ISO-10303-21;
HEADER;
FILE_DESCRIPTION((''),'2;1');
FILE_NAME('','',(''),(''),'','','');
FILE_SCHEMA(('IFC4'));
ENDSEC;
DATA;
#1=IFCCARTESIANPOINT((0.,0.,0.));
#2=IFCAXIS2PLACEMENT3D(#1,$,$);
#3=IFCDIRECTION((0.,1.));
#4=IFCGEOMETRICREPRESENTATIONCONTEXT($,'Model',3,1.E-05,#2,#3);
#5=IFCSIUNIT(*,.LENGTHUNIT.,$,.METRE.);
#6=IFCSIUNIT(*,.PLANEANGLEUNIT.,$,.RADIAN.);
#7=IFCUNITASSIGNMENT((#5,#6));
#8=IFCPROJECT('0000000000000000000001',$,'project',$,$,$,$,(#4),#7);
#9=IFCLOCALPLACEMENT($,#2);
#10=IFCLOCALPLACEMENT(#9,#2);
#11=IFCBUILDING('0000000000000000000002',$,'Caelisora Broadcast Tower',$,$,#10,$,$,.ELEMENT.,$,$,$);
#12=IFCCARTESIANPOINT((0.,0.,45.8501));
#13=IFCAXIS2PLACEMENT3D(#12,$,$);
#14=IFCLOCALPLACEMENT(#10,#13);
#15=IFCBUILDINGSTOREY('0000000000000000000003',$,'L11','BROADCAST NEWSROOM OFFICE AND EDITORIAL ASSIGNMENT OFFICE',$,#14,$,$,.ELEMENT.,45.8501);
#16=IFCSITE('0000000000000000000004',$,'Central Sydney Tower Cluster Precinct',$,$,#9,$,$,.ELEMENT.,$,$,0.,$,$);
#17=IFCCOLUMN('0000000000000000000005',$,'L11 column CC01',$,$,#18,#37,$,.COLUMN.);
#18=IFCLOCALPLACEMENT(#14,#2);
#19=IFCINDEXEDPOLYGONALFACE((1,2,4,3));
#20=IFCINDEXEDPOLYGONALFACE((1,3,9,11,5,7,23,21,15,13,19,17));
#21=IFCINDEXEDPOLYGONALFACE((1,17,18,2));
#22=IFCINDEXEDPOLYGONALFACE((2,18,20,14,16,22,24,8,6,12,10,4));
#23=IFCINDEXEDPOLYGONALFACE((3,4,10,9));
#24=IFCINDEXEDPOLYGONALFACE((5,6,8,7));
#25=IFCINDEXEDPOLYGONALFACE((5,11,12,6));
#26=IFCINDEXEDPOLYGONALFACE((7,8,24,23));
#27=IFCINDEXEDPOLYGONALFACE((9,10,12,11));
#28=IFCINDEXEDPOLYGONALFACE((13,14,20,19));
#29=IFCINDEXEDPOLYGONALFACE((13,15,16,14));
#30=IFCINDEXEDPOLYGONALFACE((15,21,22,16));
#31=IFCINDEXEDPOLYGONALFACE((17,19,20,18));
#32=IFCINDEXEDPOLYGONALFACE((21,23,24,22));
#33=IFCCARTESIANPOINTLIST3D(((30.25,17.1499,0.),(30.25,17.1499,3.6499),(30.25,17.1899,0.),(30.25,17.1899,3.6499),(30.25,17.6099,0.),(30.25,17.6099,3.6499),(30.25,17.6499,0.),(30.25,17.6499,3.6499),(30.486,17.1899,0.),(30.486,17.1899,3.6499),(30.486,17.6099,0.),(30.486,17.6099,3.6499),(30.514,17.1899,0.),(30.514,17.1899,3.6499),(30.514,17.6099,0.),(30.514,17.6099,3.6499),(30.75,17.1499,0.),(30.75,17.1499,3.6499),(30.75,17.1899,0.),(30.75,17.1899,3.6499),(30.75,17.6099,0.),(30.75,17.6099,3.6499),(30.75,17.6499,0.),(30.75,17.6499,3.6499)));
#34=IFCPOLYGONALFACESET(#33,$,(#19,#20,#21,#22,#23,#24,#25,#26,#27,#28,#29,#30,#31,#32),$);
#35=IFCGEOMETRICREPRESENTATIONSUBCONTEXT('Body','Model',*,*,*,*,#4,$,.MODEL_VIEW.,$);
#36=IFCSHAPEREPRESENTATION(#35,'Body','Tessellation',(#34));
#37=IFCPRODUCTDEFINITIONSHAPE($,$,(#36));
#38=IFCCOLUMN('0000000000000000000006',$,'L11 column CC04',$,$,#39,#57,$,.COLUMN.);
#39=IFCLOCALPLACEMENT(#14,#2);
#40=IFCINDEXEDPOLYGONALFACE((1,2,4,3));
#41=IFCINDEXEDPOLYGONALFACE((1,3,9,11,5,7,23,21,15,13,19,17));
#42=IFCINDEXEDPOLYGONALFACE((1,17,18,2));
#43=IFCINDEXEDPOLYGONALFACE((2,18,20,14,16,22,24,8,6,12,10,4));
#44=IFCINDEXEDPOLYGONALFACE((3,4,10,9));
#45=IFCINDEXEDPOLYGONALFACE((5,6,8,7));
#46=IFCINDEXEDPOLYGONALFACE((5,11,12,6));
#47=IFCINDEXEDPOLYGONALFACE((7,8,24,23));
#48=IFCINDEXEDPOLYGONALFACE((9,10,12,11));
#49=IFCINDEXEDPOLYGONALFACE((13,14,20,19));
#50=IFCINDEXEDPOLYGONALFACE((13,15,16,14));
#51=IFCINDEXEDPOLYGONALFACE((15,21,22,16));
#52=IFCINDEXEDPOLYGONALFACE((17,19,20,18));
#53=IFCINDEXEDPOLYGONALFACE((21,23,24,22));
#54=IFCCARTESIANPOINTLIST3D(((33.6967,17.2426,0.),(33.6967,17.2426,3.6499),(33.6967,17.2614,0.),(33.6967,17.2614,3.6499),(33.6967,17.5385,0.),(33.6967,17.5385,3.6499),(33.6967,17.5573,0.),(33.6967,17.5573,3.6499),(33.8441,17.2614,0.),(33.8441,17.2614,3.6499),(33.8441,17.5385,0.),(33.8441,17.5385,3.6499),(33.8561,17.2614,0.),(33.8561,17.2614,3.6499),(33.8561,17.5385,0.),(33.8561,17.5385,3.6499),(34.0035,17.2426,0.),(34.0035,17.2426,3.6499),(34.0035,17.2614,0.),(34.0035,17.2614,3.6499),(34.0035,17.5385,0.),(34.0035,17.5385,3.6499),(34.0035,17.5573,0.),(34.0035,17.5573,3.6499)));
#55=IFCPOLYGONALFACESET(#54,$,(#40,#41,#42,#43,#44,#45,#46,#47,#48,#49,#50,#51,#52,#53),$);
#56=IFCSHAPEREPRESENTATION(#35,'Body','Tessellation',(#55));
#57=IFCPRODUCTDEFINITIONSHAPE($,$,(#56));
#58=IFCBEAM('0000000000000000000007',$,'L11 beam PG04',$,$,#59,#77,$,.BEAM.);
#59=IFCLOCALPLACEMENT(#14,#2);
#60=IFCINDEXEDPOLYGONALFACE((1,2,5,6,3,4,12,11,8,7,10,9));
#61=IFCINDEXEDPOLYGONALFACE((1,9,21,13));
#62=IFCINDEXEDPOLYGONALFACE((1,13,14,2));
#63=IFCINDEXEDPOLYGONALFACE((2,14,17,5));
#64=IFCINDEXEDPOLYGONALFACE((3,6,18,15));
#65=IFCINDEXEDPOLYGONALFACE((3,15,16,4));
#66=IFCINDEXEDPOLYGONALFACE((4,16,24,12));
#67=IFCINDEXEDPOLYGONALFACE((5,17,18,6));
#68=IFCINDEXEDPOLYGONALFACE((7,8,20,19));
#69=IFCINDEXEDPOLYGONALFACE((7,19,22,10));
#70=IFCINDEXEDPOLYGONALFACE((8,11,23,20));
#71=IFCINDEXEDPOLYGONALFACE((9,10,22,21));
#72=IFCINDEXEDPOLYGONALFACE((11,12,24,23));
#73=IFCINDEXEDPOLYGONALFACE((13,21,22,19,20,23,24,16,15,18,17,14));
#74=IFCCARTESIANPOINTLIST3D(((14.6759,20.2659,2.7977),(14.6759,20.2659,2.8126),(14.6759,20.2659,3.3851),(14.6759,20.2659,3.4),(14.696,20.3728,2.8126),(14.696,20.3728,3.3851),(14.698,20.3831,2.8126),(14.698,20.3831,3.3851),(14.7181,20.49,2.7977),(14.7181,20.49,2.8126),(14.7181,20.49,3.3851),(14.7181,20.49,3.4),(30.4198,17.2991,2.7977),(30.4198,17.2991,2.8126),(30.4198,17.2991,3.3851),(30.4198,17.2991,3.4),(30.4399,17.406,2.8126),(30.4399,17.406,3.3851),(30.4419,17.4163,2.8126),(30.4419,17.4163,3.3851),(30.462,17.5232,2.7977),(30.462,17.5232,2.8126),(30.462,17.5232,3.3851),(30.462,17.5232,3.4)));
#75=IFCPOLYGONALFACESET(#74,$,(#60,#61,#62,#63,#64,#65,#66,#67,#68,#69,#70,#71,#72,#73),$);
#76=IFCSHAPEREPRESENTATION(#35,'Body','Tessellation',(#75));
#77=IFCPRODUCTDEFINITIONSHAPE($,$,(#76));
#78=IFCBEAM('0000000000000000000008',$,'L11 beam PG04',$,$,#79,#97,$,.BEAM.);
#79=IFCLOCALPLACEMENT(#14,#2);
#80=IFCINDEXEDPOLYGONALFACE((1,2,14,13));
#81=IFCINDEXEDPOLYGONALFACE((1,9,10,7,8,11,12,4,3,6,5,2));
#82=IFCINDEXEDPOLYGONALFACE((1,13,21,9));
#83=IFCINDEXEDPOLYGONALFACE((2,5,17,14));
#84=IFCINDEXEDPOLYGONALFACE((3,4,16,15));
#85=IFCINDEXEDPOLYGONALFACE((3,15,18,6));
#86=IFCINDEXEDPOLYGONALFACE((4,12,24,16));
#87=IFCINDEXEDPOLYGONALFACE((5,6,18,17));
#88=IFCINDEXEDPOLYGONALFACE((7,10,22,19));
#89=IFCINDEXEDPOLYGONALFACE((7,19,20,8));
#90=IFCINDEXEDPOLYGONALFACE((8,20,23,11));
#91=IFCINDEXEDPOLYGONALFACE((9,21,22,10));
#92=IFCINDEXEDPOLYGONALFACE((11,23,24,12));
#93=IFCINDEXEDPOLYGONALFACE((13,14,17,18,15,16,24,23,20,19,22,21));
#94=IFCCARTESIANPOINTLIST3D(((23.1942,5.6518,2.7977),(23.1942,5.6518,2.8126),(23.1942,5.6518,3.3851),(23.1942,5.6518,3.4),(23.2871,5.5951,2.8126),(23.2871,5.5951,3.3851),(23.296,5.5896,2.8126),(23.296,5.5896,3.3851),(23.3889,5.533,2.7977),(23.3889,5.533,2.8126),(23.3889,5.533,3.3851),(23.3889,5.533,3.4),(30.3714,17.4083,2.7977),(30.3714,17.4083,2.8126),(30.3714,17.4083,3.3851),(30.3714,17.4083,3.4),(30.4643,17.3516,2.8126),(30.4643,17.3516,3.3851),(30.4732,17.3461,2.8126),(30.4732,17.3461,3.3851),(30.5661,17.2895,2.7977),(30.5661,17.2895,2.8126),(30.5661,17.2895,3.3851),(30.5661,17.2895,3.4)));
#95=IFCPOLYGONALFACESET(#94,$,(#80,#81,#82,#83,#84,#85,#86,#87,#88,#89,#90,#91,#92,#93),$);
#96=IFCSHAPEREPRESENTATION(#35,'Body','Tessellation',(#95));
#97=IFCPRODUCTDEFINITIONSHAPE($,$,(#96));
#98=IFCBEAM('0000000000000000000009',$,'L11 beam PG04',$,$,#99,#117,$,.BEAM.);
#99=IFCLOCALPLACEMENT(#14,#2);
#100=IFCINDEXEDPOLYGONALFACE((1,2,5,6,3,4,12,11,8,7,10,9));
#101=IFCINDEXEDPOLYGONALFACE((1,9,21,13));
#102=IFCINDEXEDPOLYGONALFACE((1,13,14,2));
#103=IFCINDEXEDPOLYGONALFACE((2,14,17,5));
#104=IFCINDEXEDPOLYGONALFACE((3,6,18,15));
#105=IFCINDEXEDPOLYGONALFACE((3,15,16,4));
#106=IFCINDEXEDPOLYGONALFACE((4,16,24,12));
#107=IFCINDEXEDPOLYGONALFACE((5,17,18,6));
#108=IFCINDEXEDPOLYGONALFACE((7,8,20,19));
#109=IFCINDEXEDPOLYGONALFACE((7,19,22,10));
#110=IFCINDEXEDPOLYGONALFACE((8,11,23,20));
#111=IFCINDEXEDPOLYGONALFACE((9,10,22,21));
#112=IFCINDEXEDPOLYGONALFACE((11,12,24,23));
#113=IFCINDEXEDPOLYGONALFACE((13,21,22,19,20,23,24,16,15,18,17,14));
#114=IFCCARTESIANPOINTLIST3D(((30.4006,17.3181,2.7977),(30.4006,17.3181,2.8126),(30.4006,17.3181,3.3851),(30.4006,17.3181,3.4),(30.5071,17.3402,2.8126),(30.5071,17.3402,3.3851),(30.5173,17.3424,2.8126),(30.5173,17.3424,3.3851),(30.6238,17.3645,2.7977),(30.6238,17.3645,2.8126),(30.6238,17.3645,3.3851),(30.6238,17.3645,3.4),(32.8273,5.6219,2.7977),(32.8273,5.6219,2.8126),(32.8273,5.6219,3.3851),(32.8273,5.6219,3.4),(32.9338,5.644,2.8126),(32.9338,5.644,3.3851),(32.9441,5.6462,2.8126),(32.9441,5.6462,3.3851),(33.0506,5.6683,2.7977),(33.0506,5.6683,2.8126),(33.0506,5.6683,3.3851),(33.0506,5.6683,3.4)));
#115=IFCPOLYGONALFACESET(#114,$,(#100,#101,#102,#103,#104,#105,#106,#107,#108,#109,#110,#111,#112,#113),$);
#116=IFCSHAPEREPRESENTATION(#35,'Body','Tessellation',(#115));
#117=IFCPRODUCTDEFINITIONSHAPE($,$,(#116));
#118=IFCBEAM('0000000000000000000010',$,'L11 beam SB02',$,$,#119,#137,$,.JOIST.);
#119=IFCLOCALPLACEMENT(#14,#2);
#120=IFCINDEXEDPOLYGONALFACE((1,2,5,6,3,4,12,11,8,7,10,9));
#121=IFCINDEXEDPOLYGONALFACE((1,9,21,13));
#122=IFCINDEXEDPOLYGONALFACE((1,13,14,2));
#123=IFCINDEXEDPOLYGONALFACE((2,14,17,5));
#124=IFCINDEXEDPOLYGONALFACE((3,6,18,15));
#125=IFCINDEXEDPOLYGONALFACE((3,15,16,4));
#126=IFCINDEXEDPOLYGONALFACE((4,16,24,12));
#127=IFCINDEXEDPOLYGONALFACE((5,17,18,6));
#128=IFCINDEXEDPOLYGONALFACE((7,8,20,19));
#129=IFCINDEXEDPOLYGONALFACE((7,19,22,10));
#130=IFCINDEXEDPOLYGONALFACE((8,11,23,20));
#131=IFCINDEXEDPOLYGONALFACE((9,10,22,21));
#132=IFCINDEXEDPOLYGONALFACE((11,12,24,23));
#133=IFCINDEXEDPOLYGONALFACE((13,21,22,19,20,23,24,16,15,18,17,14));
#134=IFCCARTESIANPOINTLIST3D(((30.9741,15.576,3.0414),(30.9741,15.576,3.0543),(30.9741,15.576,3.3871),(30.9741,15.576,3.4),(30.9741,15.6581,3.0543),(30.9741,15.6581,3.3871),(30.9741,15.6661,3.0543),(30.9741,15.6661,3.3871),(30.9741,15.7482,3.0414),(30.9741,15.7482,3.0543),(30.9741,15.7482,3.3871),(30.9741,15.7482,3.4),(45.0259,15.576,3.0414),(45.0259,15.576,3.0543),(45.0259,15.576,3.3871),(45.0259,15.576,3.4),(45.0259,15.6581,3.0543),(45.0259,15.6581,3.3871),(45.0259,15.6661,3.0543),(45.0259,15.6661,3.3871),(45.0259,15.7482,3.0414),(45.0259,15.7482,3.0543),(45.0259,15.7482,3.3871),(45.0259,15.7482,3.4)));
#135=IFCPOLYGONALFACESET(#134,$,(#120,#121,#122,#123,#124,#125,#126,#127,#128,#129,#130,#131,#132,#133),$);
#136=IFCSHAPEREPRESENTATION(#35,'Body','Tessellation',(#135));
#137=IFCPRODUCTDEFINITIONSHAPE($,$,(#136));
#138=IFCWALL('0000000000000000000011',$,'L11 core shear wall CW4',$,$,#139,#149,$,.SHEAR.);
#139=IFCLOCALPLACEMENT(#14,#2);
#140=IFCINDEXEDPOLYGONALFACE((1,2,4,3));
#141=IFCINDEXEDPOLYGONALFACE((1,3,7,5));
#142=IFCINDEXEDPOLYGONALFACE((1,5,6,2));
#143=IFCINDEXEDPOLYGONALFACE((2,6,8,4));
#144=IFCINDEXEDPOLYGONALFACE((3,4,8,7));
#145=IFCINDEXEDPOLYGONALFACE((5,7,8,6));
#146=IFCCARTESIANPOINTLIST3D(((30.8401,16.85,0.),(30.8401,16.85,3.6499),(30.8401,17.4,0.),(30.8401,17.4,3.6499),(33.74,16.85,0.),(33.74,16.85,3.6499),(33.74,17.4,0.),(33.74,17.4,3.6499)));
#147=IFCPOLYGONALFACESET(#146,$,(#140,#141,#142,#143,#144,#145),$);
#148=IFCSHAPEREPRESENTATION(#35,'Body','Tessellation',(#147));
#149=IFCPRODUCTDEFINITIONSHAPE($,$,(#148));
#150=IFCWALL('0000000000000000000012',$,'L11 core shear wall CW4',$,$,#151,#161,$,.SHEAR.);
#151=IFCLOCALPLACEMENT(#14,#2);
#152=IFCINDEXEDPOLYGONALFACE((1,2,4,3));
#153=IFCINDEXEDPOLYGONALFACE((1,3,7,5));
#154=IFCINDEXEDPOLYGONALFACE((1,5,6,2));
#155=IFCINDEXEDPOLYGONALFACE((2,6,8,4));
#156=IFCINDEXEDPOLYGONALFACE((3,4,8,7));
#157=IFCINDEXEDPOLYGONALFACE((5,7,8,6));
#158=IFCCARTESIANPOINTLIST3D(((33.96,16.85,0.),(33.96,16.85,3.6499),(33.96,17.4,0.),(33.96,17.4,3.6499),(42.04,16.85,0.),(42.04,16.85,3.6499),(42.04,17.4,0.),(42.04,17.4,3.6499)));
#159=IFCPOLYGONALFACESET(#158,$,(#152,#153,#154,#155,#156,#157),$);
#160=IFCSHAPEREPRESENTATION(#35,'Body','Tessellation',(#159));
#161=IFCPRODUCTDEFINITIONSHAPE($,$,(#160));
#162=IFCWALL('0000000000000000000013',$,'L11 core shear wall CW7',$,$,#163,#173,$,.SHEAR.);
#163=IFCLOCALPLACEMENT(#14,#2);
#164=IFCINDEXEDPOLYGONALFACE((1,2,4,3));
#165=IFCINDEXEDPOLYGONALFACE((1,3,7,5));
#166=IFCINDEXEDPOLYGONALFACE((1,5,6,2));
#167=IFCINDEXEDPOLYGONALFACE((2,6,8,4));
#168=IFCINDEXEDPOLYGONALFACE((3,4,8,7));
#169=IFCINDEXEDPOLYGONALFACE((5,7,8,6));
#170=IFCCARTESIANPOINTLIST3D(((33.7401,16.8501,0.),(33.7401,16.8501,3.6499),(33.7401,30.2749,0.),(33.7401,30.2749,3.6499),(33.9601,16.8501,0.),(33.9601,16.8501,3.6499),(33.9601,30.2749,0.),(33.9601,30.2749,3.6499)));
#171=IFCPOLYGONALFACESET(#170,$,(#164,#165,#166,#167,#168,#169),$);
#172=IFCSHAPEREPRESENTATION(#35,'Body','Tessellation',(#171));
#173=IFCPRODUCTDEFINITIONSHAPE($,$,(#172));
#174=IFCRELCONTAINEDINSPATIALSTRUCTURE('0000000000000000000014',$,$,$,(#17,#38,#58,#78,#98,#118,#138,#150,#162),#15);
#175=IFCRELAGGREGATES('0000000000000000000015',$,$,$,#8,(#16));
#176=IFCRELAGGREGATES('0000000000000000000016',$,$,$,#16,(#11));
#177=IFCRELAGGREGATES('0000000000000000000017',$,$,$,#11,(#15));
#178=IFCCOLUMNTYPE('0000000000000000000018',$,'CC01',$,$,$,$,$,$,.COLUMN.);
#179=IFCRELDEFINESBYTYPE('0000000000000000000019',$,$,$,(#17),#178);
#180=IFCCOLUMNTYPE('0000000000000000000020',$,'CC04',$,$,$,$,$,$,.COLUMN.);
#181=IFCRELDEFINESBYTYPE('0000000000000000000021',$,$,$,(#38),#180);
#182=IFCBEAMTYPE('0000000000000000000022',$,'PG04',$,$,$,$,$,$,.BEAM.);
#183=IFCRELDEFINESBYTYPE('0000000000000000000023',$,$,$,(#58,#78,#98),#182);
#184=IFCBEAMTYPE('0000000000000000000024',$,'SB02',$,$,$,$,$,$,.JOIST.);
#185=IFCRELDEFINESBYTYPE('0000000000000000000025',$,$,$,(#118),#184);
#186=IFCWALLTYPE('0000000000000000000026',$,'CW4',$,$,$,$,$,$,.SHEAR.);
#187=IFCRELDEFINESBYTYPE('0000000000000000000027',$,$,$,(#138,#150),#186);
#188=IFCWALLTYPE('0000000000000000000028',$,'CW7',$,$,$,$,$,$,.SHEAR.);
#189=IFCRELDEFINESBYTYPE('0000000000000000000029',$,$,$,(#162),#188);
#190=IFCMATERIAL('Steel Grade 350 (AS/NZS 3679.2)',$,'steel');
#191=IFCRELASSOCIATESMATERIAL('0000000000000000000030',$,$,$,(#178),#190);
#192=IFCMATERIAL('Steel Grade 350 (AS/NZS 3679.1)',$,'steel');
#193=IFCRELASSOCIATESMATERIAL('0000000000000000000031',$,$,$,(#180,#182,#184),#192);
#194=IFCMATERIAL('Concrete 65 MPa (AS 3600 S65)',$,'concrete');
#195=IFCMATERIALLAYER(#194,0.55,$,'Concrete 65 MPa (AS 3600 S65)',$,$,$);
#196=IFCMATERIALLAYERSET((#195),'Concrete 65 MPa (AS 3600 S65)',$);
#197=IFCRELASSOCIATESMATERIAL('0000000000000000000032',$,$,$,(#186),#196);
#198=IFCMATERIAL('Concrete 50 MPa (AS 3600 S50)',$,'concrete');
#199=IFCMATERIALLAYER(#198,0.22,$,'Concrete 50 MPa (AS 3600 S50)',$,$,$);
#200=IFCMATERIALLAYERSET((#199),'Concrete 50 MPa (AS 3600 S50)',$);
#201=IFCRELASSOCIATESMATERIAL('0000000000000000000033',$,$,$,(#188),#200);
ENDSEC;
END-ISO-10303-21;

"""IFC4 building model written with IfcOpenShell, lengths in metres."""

from ifc_helpers import new_model, si_unit, direction, frame, frame_2d, origin, origin_2d, place, context, subcontext, project, spatial, rectangle, i_section, extrude, source, transform, mapped, material, layer, layer_set, material_profile, profile_set, type_object, type_shapes, element, save


model = new_model("IFC4")

# Units and contexts
model_context = context("Model", 3, precision=1e-05, world=origin(), true_north=direction((0.0, 1.0)))
body_context = subcontext(model_context, "Body", "Model", "MODEL_VIEW")
ifc_project = project(units=[si_unit("LENGTHUNIT", "METRE"), si_unit("PLANEANGLEUNIT", "RADIAN")], contexts=[model_context])

# Site, building, storey
site_placement = place(None, origin())
site = spatial("IfcSite", under=ifc_project, at=site_placement, Name="Central Sydney Tower Cluster Precinct", CompositionType="ELEMENT", RefElevation=0.0)
building_placement = place(site_placement, origin())
building = spatial("IfcBuilding", under=site, at=building_placement, Name="Caelisora Broadcast Tower", CompositionType="ELEMENT")
storey_placement = place(building_placement, frame((0.0, 0.0, 45.8501)))
storey = spatial("IfcBuildingStorey", under=building, at=storey_placement, Name="L11", Description="BROADCAST NEWSROOM OFFICE AND EDITORIAL ASSIGNMENT OFFICE", CompositionType="ELEMENT", Elevation=45.8501)

# Columns
ifc_material_1 = material(Name="Steel Grade 350 (AS/NZS 3679.2)", Category="steel")
ifc_material_profile_1 = material_profile(ifc_material_1, i_section(OverallWidth=0.5, OverallDepth=0.5, WebThickness=0.0281, FlangeThickness=0.04, at=origin_2d()), Name="Steel Grade 350 (AS/NZS 3679.2)")
ifc_profile_set_1 = profile_set([ifc_material_profile_1], Name="Steel Grade 350 (AS/NZS 3679.2)")
column_type_1 = type_object("IfcColumnType", Name="CC01", PredefinedType="COLUMN", material=ifc_profile_set_1)
shared_shape_1 = source(origin(), body_context, "Body", "SweptSolid", [
    extrude(i_section(OverallWidth=0.5, OverallDepth=0.5, WebThickness=0.0281, FlangeThickness=0.04, at=origin_2d()), origin(), (0.0, 0.0, 1.0), 3.6499),
])
type_shapes(column_type_1, [shared_shape_1])
column_1_placement = place(storey_placement, frame((30.5, 17.3999, 0.0), z_axis=(0.0, 0.0, 1.0), x_axis=(1.0, 0.0, 0.0)))
element("IfcColumn", 1, at=column_1_placement, inside=storey, type_object=column_type_1, Name="L11 column CC01", PredefinedType="COLUMN", context=body_context, shape_type="MappedRepresentation", body=[
    mapped(shared_shape_1, transform((0.0, 0.0, 0.0), scale=1.0)),
])
ifc_material_2 = material(Name="Steel Grade 350 (AS/NZS 3679.1)", Category="steel")
ifc_material_profile_2 = material_profile(ifc_material_2, i_section(OverallWidth=0.3069, OverallDepth=0.3147, WebThickness=0.012, FlangeThickness=0.0188, at=origin_2d()), Name="Steel Grade 350 (AS/NZS 3679.1)")
ifc_profile_set_2 = profile_set([ifc_material_profile_2], Name="Steel Grade 350 (AS/NZS 3679.1)")
column_type_2 = type_object("IfcColumnType", Name="CC04", PredefinedType="COLUMN", material=ifc_profile_set_2)
shared_shape_2 = source(origin(), body_context, "Body", "SweptSolid", [
    extrude(i_section(OverallWidth=0.3069, OverallDepth=0.3147, WebThickness=0.012, FlangeThickness=0.0188, at=origin_2d()), origin(), (0.0, 0.0, 1.0), 3.6499),
])
type_shapes(column_type_2, [shared_shape_2])
column_2_placement = place(storey_placement, frame((33.8501, 17.3999, 0.0), z_axis=(0.0, 0.0, 1.0), x_axis=(1.0, 0.0, 0.0)))
element("IfcColumn", 2, at=column_2_placement, inside=storey, type_object=column_type_2, Name="L11 column CC04", PredefinedType="COLUMN", context=body_context, shape_type="MappedRepresentation", body=[
    mapped(shared_shape_2, transform((0.0, 0.0, 0.0), scale=1.0)),
])

# Beams
ifc_material_profile_3 = material_profile(ifc_material_2, i_section(OverallWidth=0.228, OverallDepth=0.6023, WebThickness=0.0105, FlangeThickness=0.0149, at=origin_2d()), Name="Steel Grade 350 (AS/NZS 3679.1)")
ifc_profile_set_3 = profile_set([ifc_material_profile_3], Name="Steel Grade 350 (AS/NZS 3679.1)")
beam_type_1 = type_object("IfcBeamType", Name="PG04", PredefinedType="BEAM", material=ifc_profile_set_3)
shared_shape_3 = source(origin(), body_context, "Body", "SweptSolid", [
    extrude(i_section(OverallWidth=0.228, OverallDepth=0.6023, WebThickness=0.0105, FlangeThickness=0.0149, at=origin_2d()), origin(), (0.0, 0.0, 1.0), 16.021),
])
beam_1_placement = place(storey_placement, frame((30.4409, 17.4111, 3.0989), z_axis=(-0.982704, 0.185182, 0.0), x_axis=(-0.185182, -0.982704, 0.0)))
element("IfcBeam", 3, at=beam_1_placement, inside=storey, type_object=beam_type_1, Name="L11 beam PG04", PredefinedType="BEAM", context=body_context, shape_type="MappedRepresentation", body=[
    mapped(shared_shape_3, transform((0.0, 0.0, 0.0), scale=1.0)),
])
shared_shape_4 = source(origin(), body_context, "Body", "SweptSolid", [
    extrude(i_section(OverallWidth=0.228, OverallDepth=0.6023, WebThickness=0.0105, FlangeThickness=0.0149, at=origin_2d()), origin(), (0.0, 0.0, 1.0), 13.7742),
])
beam_2_placement = place(storey_placement, frame((30.4688, 17.3489, 3.0989), z_axis=(-0.521062, -0.853519, 0.0), x_axis=(0.853519, -0.521062, 0.0)))
element("IfcBeam", 4, at=beam_2_placement, inside=storey, type_object=beam_type_1, Name="L11 beam PG04", PredefinedType="BEAM", context=body_context, shape_type="MappedRepresentation", body=[
    mapped(shared_shape_4, transform((0.0, 0.0, 0.0), scale=1.0)),
])
shared_shape_5 = source(origin(), body_context, "Body", "SweptSolid", [
    extrude(i_section(OverallWidth=0.228, OverallDepth=0.6023, WebThickness=0.0105, FlangeThickness=0.0149, at=origin_2d()), origin(), (0.0, 0.0, 1.0), 11.9453),
])
type_shapes(beam_type_1, [shared_shape_3, shared_shape_4, shared_shape_5])
beam_3_placement = place(storey_placement, frame((30.5122, 17.3413, 3.0989), z_axis=(0.203154, -0.979147, 0.0), x_axis=(0.979147, 0.203154, 0.0)))
element("IfcBeam", 5, at=beam_3_placement, inside=storey, type_object=beam_type_1, Name="L11 beam PG04", PredefinedType="BEAM", context=body_context, shape_type="MappedRepresentation", body=[
    mapped(shared_shape_5, transform((0.0, 0.0, 0.0), scale=1.0)),
])
ifc_material_profile_4 = material_profile(ifc_material_2, i_section(OverallWidth=0.1721, OverallDepth=0.3586, WebThickness=0.0081, FlangeThickness=0.0129, at=origin_2d()), Name="Steel Grade 350 (AS/NZS 3679.1)")
ifc_profile_set_4 = profile_set([ifc_material_profile_4], Name="Steel Grade 350 (AS/NZS 3679.1)")
beam_type_2 = type_object("IfcBeamType", Name="SB02", PredefinedType="JOIST", material=ifc_profile_set_4)
shared_shape_6 = source(origin(), body_context, "Body", "SweptSolid", [
    extrude(i_section(OverallWidth=0.1721, OverallDepth=0.3586, WebThickness=0.0081, FlangeThickness=0.0129, at=origin_2d()), origin(), (0.0, 0.0, 1.0), 14.0518),
])
type_shapes(beam_type_2, [shared_shape_6])
beam_4_placement = place(storey_placement, frame((30.9741, 15.6621, 3.2207), z_axis=(1.0, 0.0, 0.0), x_axis=(0.0, 1.0, 0.0)))
element("IfcBeam", 6, at=beam_4_placement, inside=storey, type_object=beam_type_2, Name="L11 beam SB02", PredefinedType="JOIST", context=body_context, shape_type="MappedRepresentation", body=[
    mapped(shared_shape_6, transform((0.0, 0.0, 0.0), scale=1.0)),
])

# Shared definitions
ifc_material_3 = material(Name="Concrete 65 MPa (AS 3600 S65)", Category="concrete")

# Walls
ifc_layer_1 = layer(ifc_material_3, 0.55, Name="Concrete 65 MPa (AS 3600 S65)")
ifc_layer_set_1 = layer_set([ifc_layer_1], Name="Concrete 65 MPa (AS 3600 S65)")
wall_type_1 = type_object("IfcWallType", Name="CW4", PredefinedType="SHEAR", material=ifc_layer_set_1)
wall_1_placement = place(storey_placement, frame((30.8401, 17.125, 0.0), z_axis=(0.0, 0.0, 1.0), x_axis=(1.0, 0.0, 0.0)))
element("IfcWall", 7, at=wall_1_placement, inside=storey, type_object=wall_type_1, Name="L11 core shear wall CW4", PredefinedType="SHEAR", context=body_context, shape_type="SweptSolid", body=[
    extrude(rectangle(XDim=2.8999, YDim=0.55, at=frame_2d((1.45, 0.0))), origin(), (0.0, 0.0, 1.0), 3.6499),
])
wall_2_placement = place(storey_placement, frame((33.96, 17.125, 0.0), z_axis=(0.0, 0.0, 1.0), x_axis=(1.0, 0.0, 0.0)))
element("IfcWall", 8, at=wall_2_placement, inside=storey, type_object=wall_type_1, Name="L11 core shear wall CW4", PredefinedType="SHEAR", context=body_context, shape_type="SweptSolid", body=[
    extrude(rectangle(XDim=8.0801, YDim=0.55, at=frame_2d((4.04, 0.0))), origin(), (0.0, 0.0, 1.0), 3.6499),
])
ifc_material_4 = material(Name="Concrete 50 MPa (AS 3600 S50)", Category="concrete")
ifc_layer_2 = layer(ifc_material_4, 0.22, Name="Concrete 50 MPa (AS 3600 S50)")
ifc_layer_set_2 = layer_set([ifc_layer_2], Name="Concrete 50 MPa (AS 3600 S50)")
wall_type_2 = type_object("IfcWallType", Name="CW7", PredefinedType="SHEAR", material=ifc_layer_set_2)
wall_3_placement = place(storey_placement, frame((33.8501, 16.8501, 0.0), z_axis=(0.0, 0.0, 1.0), x_axis=(0.0, 1.0, 0.0)))
element("IfcWall", 9, at=wall_3_placement, inside=storey, type_object=wall_type_2, Name="L11 core shear wall CW7", PredefinedType="SHEAR", context=body_context, shape_type="SweptSolid", body=[
    extrude(rectangle(XDim=13.4248, YDim=0.22, at=frame_2d((6.7124, 0.0))), origin(), (0.0, 0.0, 1.0), 3.6499),
])

save(model, "model.ifc")
